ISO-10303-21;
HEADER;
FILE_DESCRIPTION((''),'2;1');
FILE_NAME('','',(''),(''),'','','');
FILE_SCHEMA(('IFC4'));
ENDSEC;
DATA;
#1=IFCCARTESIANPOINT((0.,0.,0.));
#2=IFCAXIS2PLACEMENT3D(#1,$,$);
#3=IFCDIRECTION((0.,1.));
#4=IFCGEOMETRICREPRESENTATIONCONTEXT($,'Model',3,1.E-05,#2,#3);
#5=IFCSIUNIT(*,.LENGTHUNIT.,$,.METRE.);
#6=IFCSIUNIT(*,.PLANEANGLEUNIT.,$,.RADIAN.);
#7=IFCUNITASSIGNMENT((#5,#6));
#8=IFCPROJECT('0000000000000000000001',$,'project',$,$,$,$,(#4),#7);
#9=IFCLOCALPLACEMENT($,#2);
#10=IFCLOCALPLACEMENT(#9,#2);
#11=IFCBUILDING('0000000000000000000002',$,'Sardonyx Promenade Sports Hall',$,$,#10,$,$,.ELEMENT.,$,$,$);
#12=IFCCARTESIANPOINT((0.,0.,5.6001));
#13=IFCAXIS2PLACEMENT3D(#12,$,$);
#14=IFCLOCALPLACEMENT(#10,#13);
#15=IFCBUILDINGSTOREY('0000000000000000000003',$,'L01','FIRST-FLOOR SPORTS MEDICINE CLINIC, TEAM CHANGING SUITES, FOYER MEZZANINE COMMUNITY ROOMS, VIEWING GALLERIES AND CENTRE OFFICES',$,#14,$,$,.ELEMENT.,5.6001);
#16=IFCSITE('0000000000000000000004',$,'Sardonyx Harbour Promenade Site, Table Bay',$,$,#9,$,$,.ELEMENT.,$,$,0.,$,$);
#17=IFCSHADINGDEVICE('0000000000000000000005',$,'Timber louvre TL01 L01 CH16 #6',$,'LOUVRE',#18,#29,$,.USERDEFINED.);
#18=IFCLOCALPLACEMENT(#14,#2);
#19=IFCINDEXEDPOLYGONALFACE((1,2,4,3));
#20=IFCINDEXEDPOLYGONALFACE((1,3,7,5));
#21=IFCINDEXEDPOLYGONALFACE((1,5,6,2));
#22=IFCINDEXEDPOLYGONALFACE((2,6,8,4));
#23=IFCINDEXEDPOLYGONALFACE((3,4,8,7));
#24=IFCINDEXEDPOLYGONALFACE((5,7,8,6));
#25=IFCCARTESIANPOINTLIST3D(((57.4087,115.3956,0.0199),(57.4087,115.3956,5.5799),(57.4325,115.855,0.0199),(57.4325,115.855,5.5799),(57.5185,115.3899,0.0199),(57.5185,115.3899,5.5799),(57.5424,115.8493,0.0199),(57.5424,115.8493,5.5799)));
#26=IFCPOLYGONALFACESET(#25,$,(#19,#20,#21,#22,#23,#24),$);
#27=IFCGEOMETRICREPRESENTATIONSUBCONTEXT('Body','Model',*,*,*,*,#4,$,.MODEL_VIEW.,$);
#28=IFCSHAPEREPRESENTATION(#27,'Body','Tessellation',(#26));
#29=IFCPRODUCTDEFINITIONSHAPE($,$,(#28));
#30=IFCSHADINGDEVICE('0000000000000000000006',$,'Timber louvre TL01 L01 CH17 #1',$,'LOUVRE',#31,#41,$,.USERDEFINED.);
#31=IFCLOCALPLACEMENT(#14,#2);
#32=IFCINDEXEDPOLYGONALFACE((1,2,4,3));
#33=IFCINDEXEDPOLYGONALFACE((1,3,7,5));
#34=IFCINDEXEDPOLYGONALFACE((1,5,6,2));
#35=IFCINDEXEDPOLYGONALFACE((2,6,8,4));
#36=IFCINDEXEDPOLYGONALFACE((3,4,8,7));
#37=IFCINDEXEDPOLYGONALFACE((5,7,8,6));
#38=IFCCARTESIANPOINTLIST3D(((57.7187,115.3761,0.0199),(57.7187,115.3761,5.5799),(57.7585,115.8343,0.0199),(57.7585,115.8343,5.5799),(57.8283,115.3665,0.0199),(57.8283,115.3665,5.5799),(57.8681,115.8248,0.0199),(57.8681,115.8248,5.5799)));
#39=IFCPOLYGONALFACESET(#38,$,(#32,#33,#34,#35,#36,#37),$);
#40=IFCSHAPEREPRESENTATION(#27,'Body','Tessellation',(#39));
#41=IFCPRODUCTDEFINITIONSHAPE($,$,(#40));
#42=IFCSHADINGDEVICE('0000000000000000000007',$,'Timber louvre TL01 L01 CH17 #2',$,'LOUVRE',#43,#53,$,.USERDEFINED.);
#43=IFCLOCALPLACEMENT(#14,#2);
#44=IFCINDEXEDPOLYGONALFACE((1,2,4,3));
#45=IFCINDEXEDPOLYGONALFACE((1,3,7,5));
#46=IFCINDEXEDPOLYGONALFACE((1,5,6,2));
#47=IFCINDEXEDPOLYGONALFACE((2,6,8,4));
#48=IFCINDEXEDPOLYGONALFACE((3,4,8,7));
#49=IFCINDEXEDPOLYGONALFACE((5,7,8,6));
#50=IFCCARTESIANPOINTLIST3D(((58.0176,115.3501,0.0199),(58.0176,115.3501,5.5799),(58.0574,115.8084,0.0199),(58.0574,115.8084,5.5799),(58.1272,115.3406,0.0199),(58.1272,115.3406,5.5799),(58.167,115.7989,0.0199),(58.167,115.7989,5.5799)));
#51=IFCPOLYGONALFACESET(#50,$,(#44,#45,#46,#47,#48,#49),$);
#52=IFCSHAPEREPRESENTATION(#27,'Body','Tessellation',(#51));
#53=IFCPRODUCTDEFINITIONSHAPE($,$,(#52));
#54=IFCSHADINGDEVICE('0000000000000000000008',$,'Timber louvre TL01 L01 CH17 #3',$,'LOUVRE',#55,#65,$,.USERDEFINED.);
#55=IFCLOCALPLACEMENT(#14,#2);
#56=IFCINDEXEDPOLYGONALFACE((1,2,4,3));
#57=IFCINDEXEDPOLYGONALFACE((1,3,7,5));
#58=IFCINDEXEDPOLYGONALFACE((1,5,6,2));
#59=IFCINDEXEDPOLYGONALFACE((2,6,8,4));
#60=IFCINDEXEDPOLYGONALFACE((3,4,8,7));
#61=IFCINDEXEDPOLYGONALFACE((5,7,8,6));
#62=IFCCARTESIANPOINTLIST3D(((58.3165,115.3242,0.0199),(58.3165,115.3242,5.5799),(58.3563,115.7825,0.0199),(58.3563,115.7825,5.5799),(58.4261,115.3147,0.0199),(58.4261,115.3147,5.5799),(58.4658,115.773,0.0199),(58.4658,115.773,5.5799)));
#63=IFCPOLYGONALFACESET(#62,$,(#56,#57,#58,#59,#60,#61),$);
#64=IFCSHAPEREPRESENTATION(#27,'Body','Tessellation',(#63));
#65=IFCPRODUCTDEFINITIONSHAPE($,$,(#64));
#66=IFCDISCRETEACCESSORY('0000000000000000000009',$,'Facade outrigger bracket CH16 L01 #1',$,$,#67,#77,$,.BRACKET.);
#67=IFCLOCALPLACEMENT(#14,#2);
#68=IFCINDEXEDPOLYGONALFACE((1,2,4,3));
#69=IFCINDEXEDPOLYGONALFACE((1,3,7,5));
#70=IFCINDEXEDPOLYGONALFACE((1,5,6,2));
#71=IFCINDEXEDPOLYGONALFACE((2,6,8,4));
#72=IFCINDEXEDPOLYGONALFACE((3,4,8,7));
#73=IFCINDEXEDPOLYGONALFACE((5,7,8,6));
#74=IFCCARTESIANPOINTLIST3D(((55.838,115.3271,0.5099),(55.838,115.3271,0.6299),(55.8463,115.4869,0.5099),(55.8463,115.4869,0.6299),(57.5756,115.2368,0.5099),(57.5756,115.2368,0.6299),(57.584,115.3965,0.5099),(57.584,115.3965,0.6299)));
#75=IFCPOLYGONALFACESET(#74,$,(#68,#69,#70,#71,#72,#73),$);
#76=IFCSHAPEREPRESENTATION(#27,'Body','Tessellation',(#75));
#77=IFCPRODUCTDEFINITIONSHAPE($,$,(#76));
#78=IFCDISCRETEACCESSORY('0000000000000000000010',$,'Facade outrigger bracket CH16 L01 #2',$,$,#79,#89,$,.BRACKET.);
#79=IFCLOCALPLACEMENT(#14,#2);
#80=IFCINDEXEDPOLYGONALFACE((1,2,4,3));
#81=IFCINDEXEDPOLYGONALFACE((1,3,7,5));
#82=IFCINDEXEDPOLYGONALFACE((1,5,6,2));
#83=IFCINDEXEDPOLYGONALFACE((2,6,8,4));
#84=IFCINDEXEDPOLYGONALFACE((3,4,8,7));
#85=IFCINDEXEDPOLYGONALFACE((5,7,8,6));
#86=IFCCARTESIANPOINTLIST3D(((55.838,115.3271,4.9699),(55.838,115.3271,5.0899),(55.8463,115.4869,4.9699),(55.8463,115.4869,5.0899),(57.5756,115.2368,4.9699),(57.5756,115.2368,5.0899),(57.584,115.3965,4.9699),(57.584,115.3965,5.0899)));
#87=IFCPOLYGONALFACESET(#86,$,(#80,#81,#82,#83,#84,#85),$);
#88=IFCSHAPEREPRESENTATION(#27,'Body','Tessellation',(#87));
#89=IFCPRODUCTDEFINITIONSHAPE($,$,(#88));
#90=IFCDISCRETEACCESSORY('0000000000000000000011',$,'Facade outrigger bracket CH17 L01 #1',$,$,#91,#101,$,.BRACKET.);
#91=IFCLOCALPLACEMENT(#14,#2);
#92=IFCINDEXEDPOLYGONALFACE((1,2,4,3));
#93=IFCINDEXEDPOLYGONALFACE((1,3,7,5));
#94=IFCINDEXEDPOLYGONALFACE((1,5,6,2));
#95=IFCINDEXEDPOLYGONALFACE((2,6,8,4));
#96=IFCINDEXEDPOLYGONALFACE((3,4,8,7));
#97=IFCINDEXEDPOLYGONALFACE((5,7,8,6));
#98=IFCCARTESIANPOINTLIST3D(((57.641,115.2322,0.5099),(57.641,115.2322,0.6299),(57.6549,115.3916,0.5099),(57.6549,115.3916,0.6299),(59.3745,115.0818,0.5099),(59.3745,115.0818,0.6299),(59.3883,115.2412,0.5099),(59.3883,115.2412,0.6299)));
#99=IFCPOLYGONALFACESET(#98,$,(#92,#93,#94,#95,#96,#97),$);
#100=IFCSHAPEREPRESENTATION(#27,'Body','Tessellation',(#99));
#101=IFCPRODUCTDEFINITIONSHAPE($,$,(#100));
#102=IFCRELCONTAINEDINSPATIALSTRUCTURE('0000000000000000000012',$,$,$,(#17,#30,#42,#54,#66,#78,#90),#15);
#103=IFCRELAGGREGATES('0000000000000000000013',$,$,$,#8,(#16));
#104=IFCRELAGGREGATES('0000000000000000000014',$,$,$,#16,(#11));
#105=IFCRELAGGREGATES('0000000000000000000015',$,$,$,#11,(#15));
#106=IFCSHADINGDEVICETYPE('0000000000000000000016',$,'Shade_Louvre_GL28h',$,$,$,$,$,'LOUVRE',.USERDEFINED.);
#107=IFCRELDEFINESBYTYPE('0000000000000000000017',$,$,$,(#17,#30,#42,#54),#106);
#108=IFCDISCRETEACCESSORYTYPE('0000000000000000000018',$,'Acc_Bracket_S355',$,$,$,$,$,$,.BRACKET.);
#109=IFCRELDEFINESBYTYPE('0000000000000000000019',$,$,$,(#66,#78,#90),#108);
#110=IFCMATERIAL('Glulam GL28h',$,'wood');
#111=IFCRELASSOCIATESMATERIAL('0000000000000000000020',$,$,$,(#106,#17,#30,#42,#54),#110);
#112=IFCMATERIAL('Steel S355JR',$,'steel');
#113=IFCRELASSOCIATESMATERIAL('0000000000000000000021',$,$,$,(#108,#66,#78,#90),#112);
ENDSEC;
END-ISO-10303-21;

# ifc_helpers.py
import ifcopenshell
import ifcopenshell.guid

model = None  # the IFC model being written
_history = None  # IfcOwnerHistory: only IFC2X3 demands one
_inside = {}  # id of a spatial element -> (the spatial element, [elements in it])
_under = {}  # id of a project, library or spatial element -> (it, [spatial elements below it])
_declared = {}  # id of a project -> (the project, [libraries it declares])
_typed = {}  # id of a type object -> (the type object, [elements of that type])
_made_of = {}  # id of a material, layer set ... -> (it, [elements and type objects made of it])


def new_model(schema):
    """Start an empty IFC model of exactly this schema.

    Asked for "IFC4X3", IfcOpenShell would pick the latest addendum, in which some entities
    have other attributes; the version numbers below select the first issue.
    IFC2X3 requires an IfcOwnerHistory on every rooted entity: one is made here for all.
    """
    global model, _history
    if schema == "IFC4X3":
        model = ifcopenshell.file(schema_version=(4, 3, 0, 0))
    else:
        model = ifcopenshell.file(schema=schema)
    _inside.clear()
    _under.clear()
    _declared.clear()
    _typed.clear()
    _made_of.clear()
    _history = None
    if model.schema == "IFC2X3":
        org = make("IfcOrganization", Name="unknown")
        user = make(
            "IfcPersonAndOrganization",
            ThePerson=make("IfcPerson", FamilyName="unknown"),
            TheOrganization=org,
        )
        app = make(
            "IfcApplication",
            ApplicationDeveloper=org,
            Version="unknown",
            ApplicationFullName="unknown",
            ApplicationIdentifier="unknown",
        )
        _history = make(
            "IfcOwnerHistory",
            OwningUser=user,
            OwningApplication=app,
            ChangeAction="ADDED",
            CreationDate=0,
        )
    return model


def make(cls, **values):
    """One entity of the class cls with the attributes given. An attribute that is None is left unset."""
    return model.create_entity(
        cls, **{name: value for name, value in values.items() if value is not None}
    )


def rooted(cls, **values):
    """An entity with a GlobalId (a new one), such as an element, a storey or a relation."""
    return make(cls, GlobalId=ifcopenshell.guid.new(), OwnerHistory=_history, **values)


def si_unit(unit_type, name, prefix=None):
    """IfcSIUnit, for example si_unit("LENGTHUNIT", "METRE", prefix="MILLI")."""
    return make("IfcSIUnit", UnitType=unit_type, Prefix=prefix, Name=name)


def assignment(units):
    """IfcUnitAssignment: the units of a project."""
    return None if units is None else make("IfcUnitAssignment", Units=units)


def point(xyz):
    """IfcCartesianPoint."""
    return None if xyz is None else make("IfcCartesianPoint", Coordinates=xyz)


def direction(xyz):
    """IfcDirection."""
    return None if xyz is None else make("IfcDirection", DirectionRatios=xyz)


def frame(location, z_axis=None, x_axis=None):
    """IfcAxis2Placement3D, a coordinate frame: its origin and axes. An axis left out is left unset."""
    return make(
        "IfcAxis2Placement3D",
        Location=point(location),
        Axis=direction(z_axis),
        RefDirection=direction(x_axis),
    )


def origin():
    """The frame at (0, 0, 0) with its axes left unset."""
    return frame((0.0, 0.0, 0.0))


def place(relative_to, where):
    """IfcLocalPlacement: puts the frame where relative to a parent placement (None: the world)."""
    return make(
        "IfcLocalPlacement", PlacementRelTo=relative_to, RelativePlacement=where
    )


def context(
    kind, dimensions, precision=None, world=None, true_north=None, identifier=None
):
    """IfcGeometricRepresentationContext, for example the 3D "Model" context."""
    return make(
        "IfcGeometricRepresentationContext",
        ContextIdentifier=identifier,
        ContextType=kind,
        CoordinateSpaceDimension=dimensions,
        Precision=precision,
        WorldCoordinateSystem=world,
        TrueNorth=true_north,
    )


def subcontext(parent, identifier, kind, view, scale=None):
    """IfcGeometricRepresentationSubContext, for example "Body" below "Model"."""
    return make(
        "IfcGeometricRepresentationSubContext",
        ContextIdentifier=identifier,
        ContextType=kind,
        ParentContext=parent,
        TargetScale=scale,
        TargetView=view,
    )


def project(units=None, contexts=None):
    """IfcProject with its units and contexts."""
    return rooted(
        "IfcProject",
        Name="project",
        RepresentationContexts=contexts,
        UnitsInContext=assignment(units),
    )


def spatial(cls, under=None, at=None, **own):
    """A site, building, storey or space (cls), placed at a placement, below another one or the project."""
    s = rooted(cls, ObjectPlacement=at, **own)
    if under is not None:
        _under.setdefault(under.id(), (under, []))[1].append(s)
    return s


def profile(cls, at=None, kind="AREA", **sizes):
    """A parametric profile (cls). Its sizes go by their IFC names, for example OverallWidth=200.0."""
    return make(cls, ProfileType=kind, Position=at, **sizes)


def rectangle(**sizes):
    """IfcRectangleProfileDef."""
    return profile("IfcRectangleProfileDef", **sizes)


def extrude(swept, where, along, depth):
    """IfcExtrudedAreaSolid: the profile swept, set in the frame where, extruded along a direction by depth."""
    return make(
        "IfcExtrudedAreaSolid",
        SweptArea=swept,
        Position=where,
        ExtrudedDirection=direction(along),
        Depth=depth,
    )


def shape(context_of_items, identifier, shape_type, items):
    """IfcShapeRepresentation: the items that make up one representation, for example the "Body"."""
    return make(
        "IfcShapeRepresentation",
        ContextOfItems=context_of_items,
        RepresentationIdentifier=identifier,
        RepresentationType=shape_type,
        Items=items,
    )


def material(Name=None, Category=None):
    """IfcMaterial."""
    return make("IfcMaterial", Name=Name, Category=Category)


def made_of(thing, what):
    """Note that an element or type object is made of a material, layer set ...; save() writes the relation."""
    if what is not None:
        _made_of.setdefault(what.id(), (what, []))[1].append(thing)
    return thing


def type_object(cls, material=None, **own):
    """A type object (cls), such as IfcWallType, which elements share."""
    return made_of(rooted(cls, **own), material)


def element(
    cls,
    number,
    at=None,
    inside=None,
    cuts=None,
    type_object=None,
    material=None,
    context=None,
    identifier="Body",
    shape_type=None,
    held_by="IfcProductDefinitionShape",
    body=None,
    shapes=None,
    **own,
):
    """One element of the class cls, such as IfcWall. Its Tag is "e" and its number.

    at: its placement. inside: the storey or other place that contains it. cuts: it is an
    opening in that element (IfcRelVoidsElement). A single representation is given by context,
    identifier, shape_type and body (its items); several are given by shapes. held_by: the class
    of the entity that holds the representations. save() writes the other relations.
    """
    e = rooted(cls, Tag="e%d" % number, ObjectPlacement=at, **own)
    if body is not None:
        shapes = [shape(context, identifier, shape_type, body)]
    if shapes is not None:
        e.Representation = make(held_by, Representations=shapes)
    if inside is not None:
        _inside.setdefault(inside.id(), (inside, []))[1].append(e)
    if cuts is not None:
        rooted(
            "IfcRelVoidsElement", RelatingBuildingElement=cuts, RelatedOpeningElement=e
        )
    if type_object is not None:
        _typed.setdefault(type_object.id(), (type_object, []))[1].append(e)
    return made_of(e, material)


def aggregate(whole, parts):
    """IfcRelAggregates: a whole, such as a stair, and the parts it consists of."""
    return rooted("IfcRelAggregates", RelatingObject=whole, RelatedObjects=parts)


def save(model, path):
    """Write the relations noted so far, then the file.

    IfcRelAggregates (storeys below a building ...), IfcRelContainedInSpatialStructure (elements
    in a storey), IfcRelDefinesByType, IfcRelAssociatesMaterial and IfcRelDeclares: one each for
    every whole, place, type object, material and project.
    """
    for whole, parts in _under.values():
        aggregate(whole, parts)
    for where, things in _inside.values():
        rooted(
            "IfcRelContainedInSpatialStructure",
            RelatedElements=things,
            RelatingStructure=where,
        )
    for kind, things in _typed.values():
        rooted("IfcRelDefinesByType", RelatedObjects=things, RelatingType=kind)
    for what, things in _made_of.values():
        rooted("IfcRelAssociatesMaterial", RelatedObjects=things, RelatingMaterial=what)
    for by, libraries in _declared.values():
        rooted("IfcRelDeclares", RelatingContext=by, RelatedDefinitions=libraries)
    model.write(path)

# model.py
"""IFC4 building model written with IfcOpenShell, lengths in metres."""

from ifc_helpers import new_model, si_unit, direction, frame, origin, place, context, subcontext, project, spatial, rectangle, extrude, material, type_object, element, save


model = new_model("IFC4")

# Units and contexts
model_context = context("Model", 3, precision=1e-05, world=origin(), true_north=direction((0.0, 1.0)))
body_context = subcontext(model_context, "Body", "Model", "MODEL_VIEW")
ifc_project = project(units=[si_unit("LENGTHUNIT", "METRE"), si_unit("PLANEANGLEUNIT", "RADIAN")], contexts=[model_context])

# Site, building, storey
site_placement = place(None, origin())
site = spatial("IfcSite", under=ifc_project, at=site_placement, Name="Sardonyx Harbour Promenade Site, Table Bay", CompositionType="ELEMENT", RefElevation=0.0)
building_placement = place(site_placement, origin())
building = spatial("IfcBuilding", under=site, at=building_placement, Name="Sardonyx Promenade Sports Hall", CompositionType="ELEMENT")
storey_placement = place(building_placement, frame((0.0, 0.0, 5.6001)))
storey = spatial("IfcBuildingStorey", under=building, at=storey_placement, Name="L01", Description="FIRST-FLOOR SPORTS MEDICINE CLINIC, TEAM CHANGING SUITES, FOYER MEZZANINE COMMUNITY ROOMS, VIEWING GALLERIES AND CENTRE OFFICES", CompositionType="ELEMENT", Elevation=5.6001)

# Shading devices
ifc_material_1 = material(Name="Glulam GL28h", Category="wood")
shading_device_type_1 = type_object("IfcShadingDeviceType", Name="Shade_Louvre_GL28h", ElementType="LOUVRE", PredefinedType="USERDEFINED", material=ifc_material_1)
for number, where, z_axis, x_axis, name in (
    (1, (57.4755, 115.6225, 0.0199), (0.0, 0.0, 1.0), (0.998652, -0.051902, 0.0), "Timber louvre TL01 L01 CH16 #6"),
    (2, (57.7934, 115.6004, 0.0199), (0.0, 0.0, 1.0), (0.996258, -0.086434, 0.0), "Timber louvre TL01 L01 CH17 #1"),
    (3, (58.0923, 115.5745, 0.0199), (0.0, 0.0, 1.0), (0.996258, -0.086434, 0.0), "Timber louvre TL01 L01 CH17 #2"),
    (4, (58.3912, 115.5486, 0.0199), (0.0, 0.0, 1.0), (0.996258, -0.086434, 0.0), "Timber louvre TL01 L01 CH17 #3"),
):
    element("IfcShadingDevice", number, at=place(storey_placement, frame(where, z_axis=z_axis, x_axis=x_axis)), inside=storey, type_object=shading_device_type_1, material=ifc_material_1, Name=name, ObjectType="LOUVRE", PredefinedType="USERDEFINED", context=body_context, shape_type="SweptSolid", body=[
        extrude(rectangle(XDim=0.11, YDim=0.46), origin(), (0.0, 0.0, 1.0), 5.56),
    ])

# Discrete accessories
ifc_material_2 = material(Name="Steel S355JR", Category="steel")
discrete_accessory_type = type_object("IfcDiscreteAccessoryType", Name="Acc_Bracket_S355", PredefinedType="BRACKET", material=ifc_material_2)
for number, where, z_axis, x_axis, name in (
    (5, (56.711, 115.3618, 0.5099), (0.0, 0.0, 1.0), (0.998652, -0.051902, 0.0), "Facade outrigger bracket CH16 L01 #1"),
    (6, (56.711, 115.3618, 4.9699), (0.0, 0.0, 1.0), (0.998652, -0.051902, 0.0), "Facade outrigger bracket CH16 L01 #2"),
    (7, (58.5147, 115.2367, 0.5099), (0.0, 0.0, 1.0), (0.996258, -0.086434, 0.0), "Facade outrigger bracket CH17 L01 #1"),
):
    element("IfcDiscreteAccessory", number, at=place(storey_placement, frame(where, z_axis=z_axis, x_axis=x_axis)), inside=storey, type_object=discrete_accessory_type, material=ifc_material_2, Name=name, PredefinedType="BRACKET", context=body_context, shape_type="SweptSolid", body=[
        extrude(rectangle(XDim=1.74, YDim=0.16), origin(), (0.0, 0.0, 1.0), 0.12),
    ])

save(model, "model.ifc")
